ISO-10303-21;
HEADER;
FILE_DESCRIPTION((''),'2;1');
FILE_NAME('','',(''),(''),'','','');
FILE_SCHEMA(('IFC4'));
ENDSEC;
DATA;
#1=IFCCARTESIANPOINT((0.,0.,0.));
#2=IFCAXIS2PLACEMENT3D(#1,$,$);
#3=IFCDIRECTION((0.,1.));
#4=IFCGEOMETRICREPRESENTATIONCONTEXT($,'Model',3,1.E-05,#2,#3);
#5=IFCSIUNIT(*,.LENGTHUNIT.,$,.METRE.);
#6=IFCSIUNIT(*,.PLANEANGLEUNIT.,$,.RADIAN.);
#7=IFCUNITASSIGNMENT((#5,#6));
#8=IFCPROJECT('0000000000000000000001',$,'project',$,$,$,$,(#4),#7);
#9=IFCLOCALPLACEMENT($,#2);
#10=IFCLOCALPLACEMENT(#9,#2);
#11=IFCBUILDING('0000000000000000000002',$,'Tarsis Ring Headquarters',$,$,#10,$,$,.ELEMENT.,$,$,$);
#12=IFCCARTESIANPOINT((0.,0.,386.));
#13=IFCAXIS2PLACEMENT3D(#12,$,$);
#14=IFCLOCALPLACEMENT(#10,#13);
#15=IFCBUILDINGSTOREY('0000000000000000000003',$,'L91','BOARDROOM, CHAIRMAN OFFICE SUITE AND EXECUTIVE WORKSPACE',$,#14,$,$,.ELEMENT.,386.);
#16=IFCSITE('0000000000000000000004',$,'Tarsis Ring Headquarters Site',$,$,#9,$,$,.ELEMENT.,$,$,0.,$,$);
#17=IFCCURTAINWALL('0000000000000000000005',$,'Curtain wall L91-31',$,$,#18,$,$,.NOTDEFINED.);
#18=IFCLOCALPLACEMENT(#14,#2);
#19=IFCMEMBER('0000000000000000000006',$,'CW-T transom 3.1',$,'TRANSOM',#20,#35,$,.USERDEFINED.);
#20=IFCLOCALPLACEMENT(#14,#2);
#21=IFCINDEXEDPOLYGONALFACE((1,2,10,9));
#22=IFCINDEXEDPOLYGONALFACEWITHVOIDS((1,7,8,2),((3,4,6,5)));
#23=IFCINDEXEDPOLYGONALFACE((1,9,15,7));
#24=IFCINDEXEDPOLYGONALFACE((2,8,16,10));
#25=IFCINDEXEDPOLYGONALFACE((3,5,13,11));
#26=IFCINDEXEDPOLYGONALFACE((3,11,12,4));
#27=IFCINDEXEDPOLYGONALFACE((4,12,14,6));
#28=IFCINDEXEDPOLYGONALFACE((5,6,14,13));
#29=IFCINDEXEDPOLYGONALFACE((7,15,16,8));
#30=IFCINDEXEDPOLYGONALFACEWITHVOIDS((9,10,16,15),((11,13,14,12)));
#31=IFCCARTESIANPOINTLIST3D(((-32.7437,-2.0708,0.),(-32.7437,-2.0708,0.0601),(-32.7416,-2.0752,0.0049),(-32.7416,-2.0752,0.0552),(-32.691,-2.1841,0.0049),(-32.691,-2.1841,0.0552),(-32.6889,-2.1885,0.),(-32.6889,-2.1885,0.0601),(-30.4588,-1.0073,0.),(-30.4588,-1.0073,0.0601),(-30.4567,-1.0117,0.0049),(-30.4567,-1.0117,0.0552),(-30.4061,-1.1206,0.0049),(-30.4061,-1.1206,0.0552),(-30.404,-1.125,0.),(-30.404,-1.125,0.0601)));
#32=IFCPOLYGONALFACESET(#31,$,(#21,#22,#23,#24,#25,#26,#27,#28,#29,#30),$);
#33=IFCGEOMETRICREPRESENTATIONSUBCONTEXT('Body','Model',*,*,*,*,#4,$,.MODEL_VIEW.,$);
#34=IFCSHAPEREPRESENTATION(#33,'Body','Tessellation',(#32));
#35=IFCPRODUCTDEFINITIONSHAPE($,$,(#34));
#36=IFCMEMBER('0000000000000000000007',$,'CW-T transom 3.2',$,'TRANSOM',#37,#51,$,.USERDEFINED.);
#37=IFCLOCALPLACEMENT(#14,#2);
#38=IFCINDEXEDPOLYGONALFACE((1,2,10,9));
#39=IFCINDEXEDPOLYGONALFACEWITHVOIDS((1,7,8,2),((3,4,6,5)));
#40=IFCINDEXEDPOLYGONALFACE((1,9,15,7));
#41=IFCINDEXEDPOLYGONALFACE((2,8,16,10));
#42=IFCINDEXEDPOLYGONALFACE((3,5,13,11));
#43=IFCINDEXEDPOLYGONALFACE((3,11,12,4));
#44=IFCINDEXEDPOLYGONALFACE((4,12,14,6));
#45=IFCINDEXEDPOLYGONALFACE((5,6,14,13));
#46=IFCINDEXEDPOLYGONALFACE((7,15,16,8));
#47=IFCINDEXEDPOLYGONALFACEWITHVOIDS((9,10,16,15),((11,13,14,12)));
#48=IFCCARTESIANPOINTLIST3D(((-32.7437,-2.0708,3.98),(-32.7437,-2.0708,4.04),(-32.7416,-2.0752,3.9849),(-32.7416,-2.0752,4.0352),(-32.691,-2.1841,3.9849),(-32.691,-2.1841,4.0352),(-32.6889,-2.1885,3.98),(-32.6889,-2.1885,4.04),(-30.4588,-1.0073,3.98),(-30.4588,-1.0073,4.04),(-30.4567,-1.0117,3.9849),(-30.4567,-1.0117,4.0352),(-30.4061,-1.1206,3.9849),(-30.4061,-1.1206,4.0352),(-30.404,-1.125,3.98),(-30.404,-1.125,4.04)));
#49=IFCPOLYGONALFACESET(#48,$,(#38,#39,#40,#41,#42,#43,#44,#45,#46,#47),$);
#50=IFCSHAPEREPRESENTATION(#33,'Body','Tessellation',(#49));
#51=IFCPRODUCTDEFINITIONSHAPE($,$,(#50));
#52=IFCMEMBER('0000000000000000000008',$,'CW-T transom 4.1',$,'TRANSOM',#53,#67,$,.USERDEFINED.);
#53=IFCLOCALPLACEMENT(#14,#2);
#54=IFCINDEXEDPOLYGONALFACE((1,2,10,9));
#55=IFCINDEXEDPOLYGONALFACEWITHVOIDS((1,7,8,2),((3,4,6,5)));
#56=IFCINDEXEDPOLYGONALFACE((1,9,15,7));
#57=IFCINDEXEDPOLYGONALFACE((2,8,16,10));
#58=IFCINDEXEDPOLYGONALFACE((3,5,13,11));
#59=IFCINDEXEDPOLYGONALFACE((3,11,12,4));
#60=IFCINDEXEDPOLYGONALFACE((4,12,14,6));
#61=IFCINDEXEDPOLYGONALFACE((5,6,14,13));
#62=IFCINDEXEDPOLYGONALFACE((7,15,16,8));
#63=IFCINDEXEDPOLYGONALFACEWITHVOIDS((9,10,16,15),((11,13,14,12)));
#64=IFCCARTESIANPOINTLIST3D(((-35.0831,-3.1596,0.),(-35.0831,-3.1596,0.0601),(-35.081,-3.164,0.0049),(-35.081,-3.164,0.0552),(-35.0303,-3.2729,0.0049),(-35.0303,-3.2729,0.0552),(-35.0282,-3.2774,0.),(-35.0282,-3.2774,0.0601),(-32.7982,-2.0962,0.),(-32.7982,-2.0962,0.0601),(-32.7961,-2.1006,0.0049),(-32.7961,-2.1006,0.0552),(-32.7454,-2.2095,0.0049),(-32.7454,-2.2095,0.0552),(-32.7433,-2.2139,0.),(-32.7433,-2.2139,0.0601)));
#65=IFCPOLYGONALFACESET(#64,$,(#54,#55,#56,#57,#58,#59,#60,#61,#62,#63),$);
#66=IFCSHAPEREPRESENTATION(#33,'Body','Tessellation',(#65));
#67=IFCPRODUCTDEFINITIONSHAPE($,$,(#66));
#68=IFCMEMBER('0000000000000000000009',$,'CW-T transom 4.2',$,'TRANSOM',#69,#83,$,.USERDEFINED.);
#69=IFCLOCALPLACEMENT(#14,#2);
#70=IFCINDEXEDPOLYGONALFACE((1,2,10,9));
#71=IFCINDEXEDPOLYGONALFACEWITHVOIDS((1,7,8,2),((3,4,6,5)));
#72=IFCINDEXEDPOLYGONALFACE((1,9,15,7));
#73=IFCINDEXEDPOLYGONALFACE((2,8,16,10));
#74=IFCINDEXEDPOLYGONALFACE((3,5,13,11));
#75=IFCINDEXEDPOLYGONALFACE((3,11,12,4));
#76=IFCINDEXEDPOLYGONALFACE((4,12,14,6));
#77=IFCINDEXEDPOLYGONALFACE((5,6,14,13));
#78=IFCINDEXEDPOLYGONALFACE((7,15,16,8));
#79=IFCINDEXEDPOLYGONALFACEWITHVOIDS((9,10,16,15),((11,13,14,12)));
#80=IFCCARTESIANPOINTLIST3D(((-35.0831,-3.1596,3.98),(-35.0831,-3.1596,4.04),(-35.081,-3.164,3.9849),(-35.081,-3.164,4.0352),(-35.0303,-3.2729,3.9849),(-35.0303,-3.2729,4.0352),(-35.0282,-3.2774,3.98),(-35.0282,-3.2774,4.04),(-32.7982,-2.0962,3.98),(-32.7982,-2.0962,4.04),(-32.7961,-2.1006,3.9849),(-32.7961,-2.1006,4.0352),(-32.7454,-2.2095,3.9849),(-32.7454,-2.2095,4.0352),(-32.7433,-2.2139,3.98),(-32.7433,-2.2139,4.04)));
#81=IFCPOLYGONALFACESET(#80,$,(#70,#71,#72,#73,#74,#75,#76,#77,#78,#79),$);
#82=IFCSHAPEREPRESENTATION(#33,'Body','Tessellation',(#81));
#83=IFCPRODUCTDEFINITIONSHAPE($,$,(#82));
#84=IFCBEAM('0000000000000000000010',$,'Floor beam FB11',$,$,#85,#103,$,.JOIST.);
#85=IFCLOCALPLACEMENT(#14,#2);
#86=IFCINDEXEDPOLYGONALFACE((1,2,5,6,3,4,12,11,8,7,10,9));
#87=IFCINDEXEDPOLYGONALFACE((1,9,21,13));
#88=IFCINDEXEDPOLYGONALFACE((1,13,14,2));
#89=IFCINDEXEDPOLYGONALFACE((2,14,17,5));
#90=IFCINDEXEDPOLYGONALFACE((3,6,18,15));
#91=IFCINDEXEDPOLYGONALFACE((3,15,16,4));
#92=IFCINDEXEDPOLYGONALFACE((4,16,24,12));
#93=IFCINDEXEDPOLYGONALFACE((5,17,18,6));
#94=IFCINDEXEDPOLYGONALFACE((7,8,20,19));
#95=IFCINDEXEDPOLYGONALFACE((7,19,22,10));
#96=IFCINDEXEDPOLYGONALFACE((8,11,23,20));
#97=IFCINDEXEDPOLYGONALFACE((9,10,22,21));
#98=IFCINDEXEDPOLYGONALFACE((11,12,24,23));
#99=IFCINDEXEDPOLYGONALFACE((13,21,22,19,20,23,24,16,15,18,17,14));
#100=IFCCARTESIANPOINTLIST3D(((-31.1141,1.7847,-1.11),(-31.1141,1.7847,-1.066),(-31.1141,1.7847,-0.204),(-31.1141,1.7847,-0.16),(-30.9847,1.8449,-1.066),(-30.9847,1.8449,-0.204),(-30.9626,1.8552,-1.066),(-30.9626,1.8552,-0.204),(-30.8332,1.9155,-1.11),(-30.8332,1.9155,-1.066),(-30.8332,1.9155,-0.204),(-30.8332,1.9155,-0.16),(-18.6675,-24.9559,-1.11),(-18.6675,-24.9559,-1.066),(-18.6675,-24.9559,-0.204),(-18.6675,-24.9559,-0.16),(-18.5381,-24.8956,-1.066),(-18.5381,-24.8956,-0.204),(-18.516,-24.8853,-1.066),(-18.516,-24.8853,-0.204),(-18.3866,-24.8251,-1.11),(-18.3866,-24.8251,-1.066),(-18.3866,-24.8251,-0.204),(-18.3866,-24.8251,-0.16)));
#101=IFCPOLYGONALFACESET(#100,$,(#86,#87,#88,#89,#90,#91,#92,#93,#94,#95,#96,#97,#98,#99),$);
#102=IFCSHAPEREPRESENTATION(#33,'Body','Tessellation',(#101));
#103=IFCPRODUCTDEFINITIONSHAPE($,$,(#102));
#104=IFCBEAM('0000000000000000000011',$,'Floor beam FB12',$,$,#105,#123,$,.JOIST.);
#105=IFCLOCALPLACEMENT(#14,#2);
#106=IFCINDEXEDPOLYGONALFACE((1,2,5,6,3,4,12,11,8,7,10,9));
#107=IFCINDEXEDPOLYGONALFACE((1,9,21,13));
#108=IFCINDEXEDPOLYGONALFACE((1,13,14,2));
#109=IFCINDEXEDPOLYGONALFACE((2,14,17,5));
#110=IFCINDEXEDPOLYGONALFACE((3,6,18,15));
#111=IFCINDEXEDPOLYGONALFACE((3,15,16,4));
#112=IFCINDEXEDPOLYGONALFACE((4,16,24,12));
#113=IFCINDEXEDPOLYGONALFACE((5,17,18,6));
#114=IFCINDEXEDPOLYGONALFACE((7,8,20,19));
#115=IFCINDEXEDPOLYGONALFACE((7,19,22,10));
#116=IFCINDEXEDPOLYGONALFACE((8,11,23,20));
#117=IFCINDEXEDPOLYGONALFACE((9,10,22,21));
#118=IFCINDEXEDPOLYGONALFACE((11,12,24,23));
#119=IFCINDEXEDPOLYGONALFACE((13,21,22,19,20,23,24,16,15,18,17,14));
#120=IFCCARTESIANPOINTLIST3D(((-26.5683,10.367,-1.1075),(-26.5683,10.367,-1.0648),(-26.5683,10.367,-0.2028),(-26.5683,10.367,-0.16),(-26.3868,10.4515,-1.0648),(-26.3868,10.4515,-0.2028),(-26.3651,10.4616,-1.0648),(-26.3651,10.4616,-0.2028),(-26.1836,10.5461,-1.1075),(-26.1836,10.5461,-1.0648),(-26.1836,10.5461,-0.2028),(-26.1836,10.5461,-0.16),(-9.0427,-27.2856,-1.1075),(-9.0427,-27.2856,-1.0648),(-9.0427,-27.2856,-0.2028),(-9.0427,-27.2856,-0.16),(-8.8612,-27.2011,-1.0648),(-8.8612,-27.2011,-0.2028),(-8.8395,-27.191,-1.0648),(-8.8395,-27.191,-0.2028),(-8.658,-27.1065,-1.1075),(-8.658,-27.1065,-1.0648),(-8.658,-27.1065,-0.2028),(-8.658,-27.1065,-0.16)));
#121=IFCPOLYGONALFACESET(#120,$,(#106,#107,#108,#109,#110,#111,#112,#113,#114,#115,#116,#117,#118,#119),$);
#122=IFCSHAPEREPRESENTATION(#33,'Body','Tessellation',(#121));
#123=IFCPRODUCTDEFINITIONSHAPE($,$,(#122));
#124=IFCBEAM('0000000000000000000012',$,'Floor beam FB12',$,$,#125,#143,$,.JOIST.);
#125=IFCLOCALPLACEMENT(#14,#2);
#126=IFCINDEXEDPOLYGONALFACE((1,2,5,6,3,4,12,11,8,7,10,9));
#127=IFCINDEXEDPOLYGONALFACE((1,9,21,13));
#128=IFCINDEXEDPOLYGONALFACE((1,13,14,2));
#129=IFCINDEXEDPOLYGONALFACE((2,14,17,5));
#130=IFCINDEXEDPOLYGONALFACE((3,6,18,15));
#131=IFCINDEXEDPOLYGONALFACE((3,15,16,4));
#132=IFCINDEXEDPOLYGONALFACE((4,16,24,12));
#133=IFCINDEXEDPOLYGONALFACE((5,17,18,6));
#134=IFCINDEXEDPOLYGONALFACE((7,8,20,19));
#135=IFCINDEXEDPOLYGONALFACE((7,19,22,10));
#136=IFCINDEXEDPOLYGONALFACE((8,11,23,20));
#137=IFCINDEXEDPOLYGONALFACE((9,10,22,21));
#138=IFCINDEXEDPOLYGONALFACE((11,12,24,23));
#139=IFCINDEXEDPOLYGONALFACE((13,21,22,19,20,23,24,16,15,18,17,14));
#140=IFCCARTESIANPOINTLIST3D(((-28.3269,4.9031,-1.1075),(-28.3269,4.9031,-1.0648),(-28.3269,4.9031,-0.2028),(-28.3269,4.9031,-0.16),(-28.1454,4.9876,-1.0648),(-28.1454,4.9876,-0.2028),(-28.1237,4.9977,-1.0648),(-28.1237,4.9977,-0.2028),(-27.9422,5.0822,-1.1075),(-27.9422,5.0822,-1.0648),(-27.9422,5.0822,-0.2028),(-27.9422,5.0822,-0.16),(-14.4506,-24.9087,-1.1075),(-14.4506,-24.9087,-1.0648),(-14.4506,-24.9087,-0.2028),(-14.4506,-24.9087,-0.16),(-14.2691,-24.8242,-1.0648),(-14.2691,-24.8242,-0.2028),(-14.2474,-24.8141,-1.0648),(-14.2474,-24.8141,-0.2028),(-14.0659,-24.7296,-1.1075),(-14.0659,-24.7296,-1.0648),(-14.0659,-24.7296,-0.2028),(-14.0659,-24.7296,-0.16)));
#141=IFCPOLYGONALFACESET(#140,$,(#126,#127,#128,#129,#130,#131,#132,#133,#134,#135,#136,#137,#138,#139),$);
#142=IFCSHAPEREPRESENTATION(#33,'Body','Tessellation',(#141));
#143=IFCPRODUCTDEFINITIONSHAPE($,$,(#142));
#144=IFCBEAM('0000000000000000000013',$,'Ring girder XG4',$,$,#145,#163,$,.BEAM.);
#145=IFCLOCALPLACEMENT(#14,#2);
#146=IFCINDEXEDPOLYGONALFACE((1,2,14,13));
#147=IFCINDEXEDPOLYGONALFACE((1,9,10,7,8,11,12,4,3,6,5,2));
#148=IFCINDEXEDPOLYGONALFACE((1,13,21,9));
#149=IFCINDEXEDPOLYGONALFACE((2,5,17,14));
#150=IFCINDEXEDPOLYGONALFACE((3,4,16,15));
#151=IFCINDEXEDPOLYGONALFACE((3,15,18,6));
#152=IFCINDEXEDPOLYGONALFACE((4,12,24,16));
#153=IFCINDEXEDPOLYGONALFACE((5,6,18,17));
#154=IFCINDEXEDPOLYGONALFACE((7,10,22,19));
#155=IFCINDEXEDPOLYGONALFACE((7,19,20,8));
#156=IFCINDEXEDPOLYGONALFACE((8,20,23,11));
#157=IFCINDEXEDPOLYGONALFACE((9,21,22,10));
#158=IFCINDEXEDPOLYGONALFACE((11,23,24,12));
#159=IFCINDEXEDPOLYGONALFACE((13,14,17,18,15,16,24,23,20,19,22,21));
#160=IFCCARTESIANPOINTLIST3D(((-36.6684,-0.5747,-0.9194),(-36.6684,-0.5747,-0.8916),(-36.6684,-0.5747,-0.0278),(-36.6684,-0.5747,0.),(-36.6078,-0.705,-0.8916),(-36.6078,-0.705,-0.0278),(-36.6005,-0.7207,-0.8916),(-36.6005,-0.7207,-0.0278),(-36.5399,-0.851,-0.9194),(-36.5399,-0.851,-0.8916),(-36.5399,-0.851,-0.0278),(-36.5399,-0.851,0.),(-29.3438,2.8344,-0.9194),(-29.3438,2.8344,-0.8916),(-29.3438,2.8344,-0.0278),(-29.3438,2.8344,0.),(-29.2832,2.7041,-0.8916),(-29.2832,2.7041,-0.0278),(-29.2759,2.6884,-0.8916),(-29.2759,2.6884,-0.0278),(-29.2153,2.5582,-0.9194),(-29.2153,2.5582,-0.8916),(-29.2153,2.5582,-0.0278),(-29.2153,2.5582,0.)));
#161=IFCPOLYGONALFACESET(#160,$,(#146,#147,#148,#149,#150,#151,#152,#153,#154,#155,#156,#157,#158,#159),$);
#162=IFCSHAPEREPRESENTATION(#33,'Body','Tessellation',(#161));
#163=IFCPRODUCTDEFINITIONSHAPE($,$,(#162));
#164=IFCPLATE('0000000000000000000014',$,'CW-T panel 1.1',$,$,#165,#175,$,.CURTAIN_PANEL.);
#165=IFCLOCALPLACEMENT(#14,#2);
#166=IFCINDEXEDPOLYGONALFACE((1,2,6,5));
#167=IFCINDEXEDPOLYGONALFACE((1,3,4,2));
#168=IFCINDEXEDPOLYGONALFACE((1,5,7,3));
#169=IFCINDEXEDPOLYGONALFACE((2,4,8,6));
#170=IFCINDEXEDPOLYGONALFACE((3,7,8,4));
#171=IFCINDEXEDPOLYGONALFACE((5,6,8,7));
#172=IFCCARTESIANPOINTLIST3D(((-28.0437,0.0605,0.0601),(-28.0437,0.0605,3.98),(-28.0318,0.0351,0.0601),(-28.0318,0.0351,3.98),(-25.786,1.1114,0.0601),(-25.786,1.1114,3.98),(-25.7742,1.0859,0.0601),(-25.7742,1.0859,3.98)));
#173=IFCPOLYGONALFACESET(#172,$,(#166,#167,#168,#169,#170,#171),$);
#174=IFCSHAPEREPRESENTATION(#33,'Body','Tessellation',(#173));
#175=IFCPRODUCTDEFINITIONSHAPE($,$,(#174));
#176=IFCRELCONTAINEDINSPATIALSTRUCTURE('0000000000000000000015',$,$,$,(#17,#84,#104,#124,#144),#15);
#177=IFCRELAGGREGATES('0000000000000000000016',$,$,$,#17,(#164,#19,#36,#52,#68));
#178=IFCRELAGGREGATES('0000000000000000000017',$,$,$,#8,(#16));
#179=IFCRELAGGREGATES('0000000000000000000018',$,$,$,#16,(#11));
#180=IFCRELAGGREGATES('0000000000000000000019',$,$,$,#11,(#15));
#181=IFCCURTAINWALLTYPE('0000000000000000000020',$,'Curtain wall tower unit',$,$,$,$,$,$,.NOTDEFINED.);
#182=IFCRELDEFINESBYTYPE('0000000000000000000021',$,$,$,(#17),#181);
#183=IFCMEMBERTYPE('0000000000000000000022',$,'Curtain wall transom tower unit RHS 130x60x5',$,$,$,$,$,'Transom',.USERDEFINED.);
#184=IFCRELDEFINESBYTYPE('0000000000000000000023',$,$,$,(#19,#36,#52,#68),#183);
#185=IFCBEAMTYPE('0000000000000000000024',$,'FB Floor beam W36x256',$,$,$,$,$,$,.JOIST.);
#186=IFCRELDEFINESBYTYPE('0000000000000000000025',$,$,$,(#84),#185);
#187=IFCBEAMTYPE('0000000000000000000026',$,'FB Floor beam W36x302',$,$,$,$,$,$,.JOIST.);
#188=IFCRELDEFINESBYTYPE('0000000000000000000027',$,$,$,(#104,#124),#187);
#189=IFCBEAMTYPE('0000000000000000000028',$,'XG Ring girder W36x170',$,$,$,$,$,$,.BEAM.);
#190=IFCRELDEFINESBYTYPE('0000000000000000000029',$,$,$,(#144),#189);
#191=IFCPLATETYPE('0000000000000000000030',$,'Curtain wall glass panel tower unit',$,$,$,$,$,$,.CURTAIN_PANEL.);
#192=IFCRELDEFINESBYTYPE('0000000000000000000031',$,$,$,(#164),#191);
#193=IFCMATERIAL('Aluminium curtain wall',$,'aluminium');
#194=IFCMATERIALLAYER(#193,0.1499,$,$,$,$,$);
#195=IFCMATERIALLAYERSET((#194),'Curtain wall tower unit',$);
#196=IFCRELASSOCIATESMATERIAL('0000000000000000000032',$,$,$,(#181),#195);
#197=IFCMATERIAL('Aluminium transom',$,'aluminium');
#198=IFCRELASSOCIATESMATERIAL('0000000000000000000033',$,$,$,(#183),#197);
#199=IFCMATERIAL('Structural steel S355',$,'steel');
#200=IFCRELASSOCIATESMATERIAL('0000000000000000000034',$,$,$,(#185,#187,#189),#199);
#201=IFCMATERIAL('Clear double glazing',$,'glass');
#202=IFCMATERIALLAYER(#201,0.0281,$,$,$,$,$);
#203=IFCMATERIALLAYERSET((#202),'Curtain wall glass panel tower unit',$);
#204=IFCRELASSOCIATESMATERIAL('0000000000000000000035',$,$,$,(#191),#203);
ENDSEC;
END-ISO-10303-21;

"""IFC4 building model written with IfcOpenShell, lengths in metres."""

from ifc_helpers import new_model, si_unit, direction, frame, origin, origin_2d, place, context, subcontext, project, spatial, rectangle, hollow_rectangle, i_section, extrude, material, layer, layer_set, material_profile, profile_set, type_object, element, aggregate, save


model = new_model("IFC4")

# Units and contexts
model_context = context("Model", 3, precision=1e-05, world=origin(), true_north=direction((0.0, 1.0)))
body_context = subcontext(model_context, "Body", "Model", "MODEL_VIEW")
ifc_project = project(units=[si_unit("LENGTHUNIT", "METRE"), si_unit("PLANEANGLEUNIT", "RADIAN")], contexts=[model_context])

# Site, building, storey
site_placement = place(None, origin())
site = spatial("IfcSite", under=ifc_project, at=site_placement, Name="Tarsis Ring Headquarters Site", CompositionType="ELEMENT", RefElevation=0.0)
building_placement = place(site_placement, origin())
building = spatial("IfcBuilding", under=site, at=building_placement, Name="Tarsis Ring Headquarters", CompositionType="ELEMENT")
storey_placement = place(building_placement, frame((0.0, 0.0, 386.0)))
storey = spatial("IfcBuildingStorey", under=building, at=storey_placement, Name="L91", Description="BOARDROOM, CHAIRMAN OFFICE SUITE AND EXECUTIVE WORKSPACE", CompositionType="ELEMENT", Elevation=386.0)

# Shared definitions
ifc_material_1 = material(Name="Structural steel S355", Category="steel")

# Curtain wall, members
ifc_material_2 = material(Name="Aluminium curtain wall", Category="aluminium")
ifc_layer_1 = layer(ifc_material_2, 0.1499)
ifc_layer_set_1 = layer_set([ifc_layer_1], Name="Curtain wall tower unit")
curtain_wall_type = type_object("IfcCurtainWallType", Name="Curtain wall tower unit", PredefinedType="NOTDEFINED", material=ifc_layer_set_1)
curtain_wall_placement = place(storey_placement, origin())
curtain_wall = element("IfcCurtainWall", 1, at=curtain_wall_placement, inside=storey, type_object=curtain_wall_type, Name="Curtain wall L91-31", PredefinedType="NOTDEFINED")
ifc_material_3 = material(Name="Aluminium transom", Category="aluminium")
ifc_material_profile_1 = material_profile(ifc_material_3, hollow_rectangle(XDim=0.1299, YDim=0.0601, WallThickness=0.0049, at=origin_2d()), Name="RHS 130x60x5")
ifc_profile_set_1 = profile_set([ifc_material_profile_1], Name="Aluminium transom")
member_type_1 = type_object("IfcMemberType", Name="Curtain wall transom tower unit RHS 130x60x5", ElementType="Transom", PredefinedType="USERDEFINED", material=ifc_profile_set_1)
member_1_placement = place(storey_placement, frame((-30.4314, -1.0662, 0.03), z_axis=(-0.906611, -0.421968, 0.0), x_axis=(0.421968, -0.906611, 0.0)))
member_1 = element("IfcMember", 2, at=member_1_placement, type_object=member_type_1, Name="CW-T transom 3.1", ObjectType="TRANSOM", PredefinedType="USERDEFINED", context=body_context, shape_type="SweptSolid", body=[
    extrude(hollow_rectangle(XDim=0.1299, YDim=0.0601, WallThickness=0.0049, at=origin_2d()), origin(), (0.0, 0.0, 1.0), 2.5203),
])
member_2_placement = place(storey_placement, frame((-30.4314, -1.0662, 4.01), z_axis=(-0.906611, -0.421968, 0.0), x_axis=(0.421968, -0.906611, 0.0)))
member_2 = element("IfcMember", 3, at=member_2_placement, type_object=member_type_1, Name="CW-T transom 3.2", ObjectType="TRANSOM", PredefinedType="USERDEFINED", context=body_context, shape_type="SweptSolid", body=[
    extrude(hollow_rectangle(XDim=0.1299, YDim=0.0601, WallThickness=0.0049, at=origin_2d()), origin(), (0.0, 0.0, 1.0), 2.5203),
])
member_3_placement = place(storey_placement, frame((-32.7708, -2.155, 0.03), z_axis=(-0.906611, -0.421968, 0.0), x_axis=(0.421968, -0.906611, 0.0)))
member_3 = element("IfcMember", 4, at=member_3_placement, type_object=member_type_1, Name="CW-T transom 4.1", ObjectType="TRANSOM", PredefinedType="USERDEFINED", context=body_context, shape_type="SweptSolid", body=[
    extrude(hollow_rectangle(XDim=0.1299, YDim=0.0601, WallThickness=0.0049, at=origin_2d()), origin(), (0.0, 0.0, 1.0), 2.5203),
])
member_4_placement = place(storey_placement, frame((-32.7708, -2.155, 4.01), z_axis=(-0.906611, -0.421968, 0.0), x_axis=(0.421968, -0.906611, 0.0)))
member_4 = element("IfcMember", 5, at=member_4_placement, type_object=member_type_1, Name="CW-T transom 4.2", ObjectType="TRANSOM", PredefinedType="USERDEFINED", context=body_context, shape_type="SweptSolid", body=[
    extrude(hollow_rectangle(XDim=0.1299, YDim=0.0601, WallThickness=0.0049, at=origin_2d()), origin(), (0.0, 0.0, 1.0), 2.5203),
])

# Beams
ifc_material_profile_2 = material_profile(ifc_material_1, i_section(OverallWidth=0.3098, OverallDepth=0.95, WebThickness=0.0244, FlangeThickness=0.0439, at=origin_2d()), Name="W36x256")
ifc_profile_set_2 = profile_set([ifc_material_profile_2], Name="Structural steel S355")
beam_type_1 = type_object("IfcBeamType", Name="FB Floor beam W36x256", PredefinedType="JOIST", material=ifc_profile_set_2)
beam_1_placement = place(storey_placement, frame((-30.9736, 1.8501, -0.635), z_axis=(0.421984, -0.906603, 0.0), x_axis=(0.906603, 0.421984, 0.0)))
element("IfcBeam", 6, at=beam_1_placement, inside=storey, type_object=beam_type_1, Name="Floor beam FB11", PredefinedType="JOIST", context=body_context, shape_type="SweptSolid", body=[
    extrude(i_section(OverallWidth=0.3098, OverallDepth=0.95, WebThickness=0.0244, FlangeThickness=0.0439, at=origin_2d()), origin(), (0.0, 0.0, 1.0), 29.4954),
])
ifc_material_profile_3 = material_profile(ifc_material_1, i_section(OverallWidth=0.4243, OverallDepth=0.9475, WebThickness=0.0239, FlangeThickness=0.0427, at=origin_2d()), Name="W36x302")
ifc_profile_set_3 = profile_set([ifc_material_profile_3], Name="Structural steel S355")
beam_type_2 = type_object("IfcBeamType", Name="FB Floor beam W36x302", PredefinedType="JOIST", material=ifc_profile_set_3)
beam_2_placement = place(storey_placement, frame((-26.376, 10.4565, -0.6338), z_axis=(0.421984, -0.906603, 0.0), x_axis=(0.906603, 0.421984, 0.0)))
element("IfcBeam", 7, at=beam_2_placement, inside=storey, type_object=beam_type_2, Name="Floor beam FB12", PredefinedType="JOIST", context=body_context, shape_type="SweptSolid", body=[
    extrude(i_section(OverallWidth=0.4243, OverallDepth=0.9475, WebThickness=0.0239, FlangeThickness=0.0427, at=origin_2d()), origin(), (0.0, 0.0, 1.0), 41.5315),
])
beam_3_placement = place(storey_placement, frame((-28.1345, 4.9927, -0.6338), z_axis=(0.421988, -0.906602, 0.0), x_axis=(0.906602, 0.421988, 0.0)))
element("IfcBeam", 8, at=beam_3_placement, inside=storey, type_object=beam_type_2, Name="Floor beam FB12", PredefinedType="JOIST", context=body_context, shape_type="SweptSolid", body=[
    extrude(i_section(OverallWidth=0.4243, OverallDepth=0.9475, WebThickness=0.0239, FlangeThickness=0.0427, at=origin_2d()), origin(), (0.0, 0.0, 1.0), 32.8831),
])
ifc_material_profile_4 = material_profile(ifc_material_1, i_section(OverallWidth=0.3047, OverallDepth=0.9194, WebThickness=0.0173, FlangeThickness=0.0278, at=origin_2d()), Name="W36x170")
ifc_profile_set_4 = profile_set([ifc_material_profile_4], Name="Structural steel S355")
beam_type_3 = type_object("IfcBeamType", Name="XG Ring girder W36x170", PredefinedType="BEAM", material=ifc_profile_set_4)
beam_4_placement = place(storey_placement, frame((-29.2795, 2.6963, -0.4597), z_axis=(-0.90661, -0.421969, 0.0), x_axis=(0.421969, -0.90661, 0.0)))
element("IfcBeam", 9, at=beam_4_placement, inside=storey, type_object=beam_type_3, Name="Ring girder XG4", PredefinedType="BEAM", context=body_context, shape_type="SweptSolid", body=[
    extrude(i_section(OverallWidth=0.3047, OverallDepth=0.9194, WebThickness=0.0173, FlangeThickness=0.0278, at=origin_2d()), origin(), (0.0, 0.0, 1.0), 8.0791),
])

# Plate
ifc_material_4 = material(Name="Clear double glazing", Category="glass")
ifc_layer_2 = layer(ifc_material_4, 0.0281)
ifc_layer_set_2 = layer_set([ifc_layer_2], Name="Curtain wall glass panel tower unit")
plate_type = type_object("IfcPlateType", Name="Curtain wall glass panel tower unit", PredefinedType="CURTAIN_PANEL", material=ifc_layer_set_2)
plate_1_placement = place(storey_placement, frame((-26.9089, 0.5732, 0.0601), z_axis=(0.0, 0.0, 1.0), x_axis=(-0.906603, -0.421985, 0.0)))
plate_1 = element("IfcPlate", 10, at=plate_1_placement, type_object=plate_type, Name="CW-T panel 1.1", PredefinedType="CURTAIN_PANEL", context=body_context, shape_type="SweptSolid", body=[
    extrude(rectangle(XDim=2.4902, YDim=0.0281, at=origin_2d()), origin(), (0.0, 0.0, 1.0), 3.9199),
])
aggregate(curtain_wall, [plate_1, member_1, member_2, member_3, member_4])

save(model, "model.ifc")
